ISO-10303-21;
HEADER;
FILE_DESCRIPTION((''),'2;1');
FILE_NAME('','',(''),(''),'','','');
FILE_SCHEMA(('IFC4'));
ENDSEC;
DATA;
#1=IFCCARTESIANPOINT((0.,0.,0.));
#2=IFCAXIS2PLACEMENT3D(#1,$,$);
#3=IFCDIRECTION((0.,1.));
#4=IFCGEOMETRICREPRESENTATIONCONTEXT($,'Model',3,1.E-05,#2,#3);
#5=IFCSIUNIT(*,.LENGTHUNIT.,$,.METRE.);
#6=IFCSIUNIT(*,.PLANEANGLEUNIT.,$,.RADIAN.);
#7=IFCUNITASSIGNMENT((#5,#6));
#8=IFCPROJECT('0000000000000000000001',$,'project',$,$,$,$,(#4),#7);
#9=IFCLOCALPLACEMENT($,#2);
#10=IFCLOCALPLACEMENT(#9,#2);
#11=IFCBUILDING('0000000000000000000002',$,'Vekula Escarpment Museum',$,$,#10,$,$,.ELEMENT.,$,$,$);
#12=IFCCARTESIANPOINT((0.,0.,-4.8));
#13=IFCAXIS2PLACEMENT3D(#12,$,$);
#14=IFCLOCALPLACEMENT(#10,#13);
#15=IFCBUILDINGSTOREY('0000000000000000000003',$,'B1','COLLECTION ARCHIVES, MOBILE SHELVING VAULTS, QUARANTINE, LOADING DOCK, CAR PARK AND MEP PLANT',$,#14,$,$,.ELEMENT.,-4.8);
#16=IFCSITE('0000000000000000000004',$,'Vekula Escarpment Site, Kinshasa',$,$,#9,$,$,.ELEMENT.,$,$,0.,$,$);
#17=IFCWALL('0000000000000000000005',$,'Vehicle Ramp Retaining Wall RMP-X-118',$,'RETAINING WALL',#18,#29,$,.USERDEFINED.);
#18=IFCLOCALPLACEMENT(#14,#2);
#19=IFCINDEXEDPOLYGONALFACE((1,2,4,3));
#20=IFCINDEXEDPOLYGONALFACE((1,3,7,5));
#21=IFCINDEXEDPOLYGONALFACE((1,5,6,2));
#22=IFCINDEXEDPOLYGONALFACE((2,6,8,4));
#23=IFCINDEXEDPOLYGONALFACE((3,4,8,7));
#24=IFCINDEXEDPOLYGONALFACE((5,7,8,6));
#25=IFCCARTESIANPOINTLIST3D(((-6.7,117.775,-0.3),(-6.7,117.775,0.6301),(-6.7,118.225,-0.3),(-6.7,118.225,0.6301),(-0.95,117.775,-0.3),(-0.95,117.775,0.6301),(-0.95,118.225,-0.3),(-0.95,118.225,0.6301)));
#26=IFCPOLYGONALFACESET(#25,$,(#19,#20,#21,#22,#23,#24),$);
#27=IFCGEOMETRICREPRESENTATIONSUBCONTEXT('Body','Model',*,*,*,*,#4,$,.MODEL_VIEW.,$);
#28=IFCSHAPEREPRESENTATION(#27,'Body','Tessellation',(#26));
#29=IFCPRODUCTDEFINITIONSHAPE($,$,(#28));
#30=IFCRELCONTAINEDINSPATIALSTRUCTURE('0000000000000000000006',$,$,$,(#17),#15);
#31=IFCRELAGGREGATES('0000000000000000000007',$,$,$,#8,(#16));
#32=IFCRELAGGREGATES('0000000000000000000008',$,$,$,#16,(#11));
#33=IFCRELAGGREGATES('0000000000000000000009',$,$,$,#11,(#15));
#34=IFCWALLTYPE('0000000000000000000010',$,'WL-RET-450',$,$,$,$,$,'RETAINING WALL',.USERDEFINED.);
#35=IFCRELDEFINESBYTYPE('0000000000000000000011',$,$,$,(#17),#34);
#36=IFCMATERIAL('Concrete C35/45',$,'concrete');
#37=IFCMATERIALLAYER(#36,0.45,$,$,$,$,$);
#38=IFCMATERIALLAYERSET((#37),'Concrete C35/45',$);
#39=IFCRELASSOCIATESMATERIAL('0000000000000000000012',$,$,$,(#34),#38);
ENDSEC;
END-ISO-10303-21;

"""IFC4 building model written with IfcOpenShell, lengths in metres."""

from ifc_helpers import new_model, si_unit, direction, frame, frame_2d, origin, place, context, subcontext, project, spatial, rectangle, extrude, material, layer, layer_set, type_object, element, save


model = new_model("IFC4")

# Units and contexts
model_context = context("Model", 3, precision=1e-05, world=origin(), true_north=direction((0.0, 1.0)))
body_context = subcontext(model_context, "Body", "Model", "MODEL_VIEW")
ifc_project = project(units=[si_unit("LENGTHUNIT", "METRE"), si_unit("PLANEANGLEUNIT", "RADIAN")], contexts=[model_context])

# Site, building, storey
site_placement = place(None, origin())
site = spatial("IfcSite", under=ifc_project, at=site_placement, Name="Vekula Escarpment Site, Kinshasa", CompositionType="ELEMENT", RefElevation=0.0)
building_placement = place(site_placement, origin())
building = spatial("IfcBuilding", under=site, at=building_placement, Name="Vekula Escarpment Museum", CompositionType="ELEMENT")
storey_placement = place(building_placement, frame((0.0, 0.0, -4.8)))
storey = spatial("IfcBuildingStorey", under=building, at=storey_placement, Name="B1", Description="COLLECTION ARCHIVES, MOBILE SHELVING VAULTS, QUARANTINE, LOADING DOCK, CAR PARK AND MEP PLANT", CompositionType="ELEMENT", Elevation=-4.8)

# Shared definitions
ifc_material_1 = material(Name="Concrete C35/45", Category="concrete")
ifc_layer = layer(ifc_material_1, 0.45)
ifc_layer_set = layer_set([ifc_layer], Name="Concrete C35/45")
wall_type = type_object("IfcWallType", Name="WL-RET-450", ElementType="RETAINING WALL", PredefinedType="USERDEFINED", material=ifc_layer_set)

# Wall
wall_1_placement = place(storey_placement, frame((-6.7, 118.0, -0.3), z_axis=(0.0, 0.0, 1.0), x_axis=(1.0, 0.0, 0.0)))
element("IfcWall", 1, at=wall_1_placement, inside=storey, type_object=wall_type, Name="Vehicle Ramp Retaining Wall RMP-X-118", ObjectType="RETAINING WALL", PredefinedType="USERDEFINED", context=body_context, shape_type="SweptSolid", body=[
    extrude(rectangle(XDim=5.75, YDim=0.45, at=frame_2d((2.875, 0.0))), origin(), (0.0, 0.0, 1.0), 0.9302),
])

save(model, "model.ifc")
